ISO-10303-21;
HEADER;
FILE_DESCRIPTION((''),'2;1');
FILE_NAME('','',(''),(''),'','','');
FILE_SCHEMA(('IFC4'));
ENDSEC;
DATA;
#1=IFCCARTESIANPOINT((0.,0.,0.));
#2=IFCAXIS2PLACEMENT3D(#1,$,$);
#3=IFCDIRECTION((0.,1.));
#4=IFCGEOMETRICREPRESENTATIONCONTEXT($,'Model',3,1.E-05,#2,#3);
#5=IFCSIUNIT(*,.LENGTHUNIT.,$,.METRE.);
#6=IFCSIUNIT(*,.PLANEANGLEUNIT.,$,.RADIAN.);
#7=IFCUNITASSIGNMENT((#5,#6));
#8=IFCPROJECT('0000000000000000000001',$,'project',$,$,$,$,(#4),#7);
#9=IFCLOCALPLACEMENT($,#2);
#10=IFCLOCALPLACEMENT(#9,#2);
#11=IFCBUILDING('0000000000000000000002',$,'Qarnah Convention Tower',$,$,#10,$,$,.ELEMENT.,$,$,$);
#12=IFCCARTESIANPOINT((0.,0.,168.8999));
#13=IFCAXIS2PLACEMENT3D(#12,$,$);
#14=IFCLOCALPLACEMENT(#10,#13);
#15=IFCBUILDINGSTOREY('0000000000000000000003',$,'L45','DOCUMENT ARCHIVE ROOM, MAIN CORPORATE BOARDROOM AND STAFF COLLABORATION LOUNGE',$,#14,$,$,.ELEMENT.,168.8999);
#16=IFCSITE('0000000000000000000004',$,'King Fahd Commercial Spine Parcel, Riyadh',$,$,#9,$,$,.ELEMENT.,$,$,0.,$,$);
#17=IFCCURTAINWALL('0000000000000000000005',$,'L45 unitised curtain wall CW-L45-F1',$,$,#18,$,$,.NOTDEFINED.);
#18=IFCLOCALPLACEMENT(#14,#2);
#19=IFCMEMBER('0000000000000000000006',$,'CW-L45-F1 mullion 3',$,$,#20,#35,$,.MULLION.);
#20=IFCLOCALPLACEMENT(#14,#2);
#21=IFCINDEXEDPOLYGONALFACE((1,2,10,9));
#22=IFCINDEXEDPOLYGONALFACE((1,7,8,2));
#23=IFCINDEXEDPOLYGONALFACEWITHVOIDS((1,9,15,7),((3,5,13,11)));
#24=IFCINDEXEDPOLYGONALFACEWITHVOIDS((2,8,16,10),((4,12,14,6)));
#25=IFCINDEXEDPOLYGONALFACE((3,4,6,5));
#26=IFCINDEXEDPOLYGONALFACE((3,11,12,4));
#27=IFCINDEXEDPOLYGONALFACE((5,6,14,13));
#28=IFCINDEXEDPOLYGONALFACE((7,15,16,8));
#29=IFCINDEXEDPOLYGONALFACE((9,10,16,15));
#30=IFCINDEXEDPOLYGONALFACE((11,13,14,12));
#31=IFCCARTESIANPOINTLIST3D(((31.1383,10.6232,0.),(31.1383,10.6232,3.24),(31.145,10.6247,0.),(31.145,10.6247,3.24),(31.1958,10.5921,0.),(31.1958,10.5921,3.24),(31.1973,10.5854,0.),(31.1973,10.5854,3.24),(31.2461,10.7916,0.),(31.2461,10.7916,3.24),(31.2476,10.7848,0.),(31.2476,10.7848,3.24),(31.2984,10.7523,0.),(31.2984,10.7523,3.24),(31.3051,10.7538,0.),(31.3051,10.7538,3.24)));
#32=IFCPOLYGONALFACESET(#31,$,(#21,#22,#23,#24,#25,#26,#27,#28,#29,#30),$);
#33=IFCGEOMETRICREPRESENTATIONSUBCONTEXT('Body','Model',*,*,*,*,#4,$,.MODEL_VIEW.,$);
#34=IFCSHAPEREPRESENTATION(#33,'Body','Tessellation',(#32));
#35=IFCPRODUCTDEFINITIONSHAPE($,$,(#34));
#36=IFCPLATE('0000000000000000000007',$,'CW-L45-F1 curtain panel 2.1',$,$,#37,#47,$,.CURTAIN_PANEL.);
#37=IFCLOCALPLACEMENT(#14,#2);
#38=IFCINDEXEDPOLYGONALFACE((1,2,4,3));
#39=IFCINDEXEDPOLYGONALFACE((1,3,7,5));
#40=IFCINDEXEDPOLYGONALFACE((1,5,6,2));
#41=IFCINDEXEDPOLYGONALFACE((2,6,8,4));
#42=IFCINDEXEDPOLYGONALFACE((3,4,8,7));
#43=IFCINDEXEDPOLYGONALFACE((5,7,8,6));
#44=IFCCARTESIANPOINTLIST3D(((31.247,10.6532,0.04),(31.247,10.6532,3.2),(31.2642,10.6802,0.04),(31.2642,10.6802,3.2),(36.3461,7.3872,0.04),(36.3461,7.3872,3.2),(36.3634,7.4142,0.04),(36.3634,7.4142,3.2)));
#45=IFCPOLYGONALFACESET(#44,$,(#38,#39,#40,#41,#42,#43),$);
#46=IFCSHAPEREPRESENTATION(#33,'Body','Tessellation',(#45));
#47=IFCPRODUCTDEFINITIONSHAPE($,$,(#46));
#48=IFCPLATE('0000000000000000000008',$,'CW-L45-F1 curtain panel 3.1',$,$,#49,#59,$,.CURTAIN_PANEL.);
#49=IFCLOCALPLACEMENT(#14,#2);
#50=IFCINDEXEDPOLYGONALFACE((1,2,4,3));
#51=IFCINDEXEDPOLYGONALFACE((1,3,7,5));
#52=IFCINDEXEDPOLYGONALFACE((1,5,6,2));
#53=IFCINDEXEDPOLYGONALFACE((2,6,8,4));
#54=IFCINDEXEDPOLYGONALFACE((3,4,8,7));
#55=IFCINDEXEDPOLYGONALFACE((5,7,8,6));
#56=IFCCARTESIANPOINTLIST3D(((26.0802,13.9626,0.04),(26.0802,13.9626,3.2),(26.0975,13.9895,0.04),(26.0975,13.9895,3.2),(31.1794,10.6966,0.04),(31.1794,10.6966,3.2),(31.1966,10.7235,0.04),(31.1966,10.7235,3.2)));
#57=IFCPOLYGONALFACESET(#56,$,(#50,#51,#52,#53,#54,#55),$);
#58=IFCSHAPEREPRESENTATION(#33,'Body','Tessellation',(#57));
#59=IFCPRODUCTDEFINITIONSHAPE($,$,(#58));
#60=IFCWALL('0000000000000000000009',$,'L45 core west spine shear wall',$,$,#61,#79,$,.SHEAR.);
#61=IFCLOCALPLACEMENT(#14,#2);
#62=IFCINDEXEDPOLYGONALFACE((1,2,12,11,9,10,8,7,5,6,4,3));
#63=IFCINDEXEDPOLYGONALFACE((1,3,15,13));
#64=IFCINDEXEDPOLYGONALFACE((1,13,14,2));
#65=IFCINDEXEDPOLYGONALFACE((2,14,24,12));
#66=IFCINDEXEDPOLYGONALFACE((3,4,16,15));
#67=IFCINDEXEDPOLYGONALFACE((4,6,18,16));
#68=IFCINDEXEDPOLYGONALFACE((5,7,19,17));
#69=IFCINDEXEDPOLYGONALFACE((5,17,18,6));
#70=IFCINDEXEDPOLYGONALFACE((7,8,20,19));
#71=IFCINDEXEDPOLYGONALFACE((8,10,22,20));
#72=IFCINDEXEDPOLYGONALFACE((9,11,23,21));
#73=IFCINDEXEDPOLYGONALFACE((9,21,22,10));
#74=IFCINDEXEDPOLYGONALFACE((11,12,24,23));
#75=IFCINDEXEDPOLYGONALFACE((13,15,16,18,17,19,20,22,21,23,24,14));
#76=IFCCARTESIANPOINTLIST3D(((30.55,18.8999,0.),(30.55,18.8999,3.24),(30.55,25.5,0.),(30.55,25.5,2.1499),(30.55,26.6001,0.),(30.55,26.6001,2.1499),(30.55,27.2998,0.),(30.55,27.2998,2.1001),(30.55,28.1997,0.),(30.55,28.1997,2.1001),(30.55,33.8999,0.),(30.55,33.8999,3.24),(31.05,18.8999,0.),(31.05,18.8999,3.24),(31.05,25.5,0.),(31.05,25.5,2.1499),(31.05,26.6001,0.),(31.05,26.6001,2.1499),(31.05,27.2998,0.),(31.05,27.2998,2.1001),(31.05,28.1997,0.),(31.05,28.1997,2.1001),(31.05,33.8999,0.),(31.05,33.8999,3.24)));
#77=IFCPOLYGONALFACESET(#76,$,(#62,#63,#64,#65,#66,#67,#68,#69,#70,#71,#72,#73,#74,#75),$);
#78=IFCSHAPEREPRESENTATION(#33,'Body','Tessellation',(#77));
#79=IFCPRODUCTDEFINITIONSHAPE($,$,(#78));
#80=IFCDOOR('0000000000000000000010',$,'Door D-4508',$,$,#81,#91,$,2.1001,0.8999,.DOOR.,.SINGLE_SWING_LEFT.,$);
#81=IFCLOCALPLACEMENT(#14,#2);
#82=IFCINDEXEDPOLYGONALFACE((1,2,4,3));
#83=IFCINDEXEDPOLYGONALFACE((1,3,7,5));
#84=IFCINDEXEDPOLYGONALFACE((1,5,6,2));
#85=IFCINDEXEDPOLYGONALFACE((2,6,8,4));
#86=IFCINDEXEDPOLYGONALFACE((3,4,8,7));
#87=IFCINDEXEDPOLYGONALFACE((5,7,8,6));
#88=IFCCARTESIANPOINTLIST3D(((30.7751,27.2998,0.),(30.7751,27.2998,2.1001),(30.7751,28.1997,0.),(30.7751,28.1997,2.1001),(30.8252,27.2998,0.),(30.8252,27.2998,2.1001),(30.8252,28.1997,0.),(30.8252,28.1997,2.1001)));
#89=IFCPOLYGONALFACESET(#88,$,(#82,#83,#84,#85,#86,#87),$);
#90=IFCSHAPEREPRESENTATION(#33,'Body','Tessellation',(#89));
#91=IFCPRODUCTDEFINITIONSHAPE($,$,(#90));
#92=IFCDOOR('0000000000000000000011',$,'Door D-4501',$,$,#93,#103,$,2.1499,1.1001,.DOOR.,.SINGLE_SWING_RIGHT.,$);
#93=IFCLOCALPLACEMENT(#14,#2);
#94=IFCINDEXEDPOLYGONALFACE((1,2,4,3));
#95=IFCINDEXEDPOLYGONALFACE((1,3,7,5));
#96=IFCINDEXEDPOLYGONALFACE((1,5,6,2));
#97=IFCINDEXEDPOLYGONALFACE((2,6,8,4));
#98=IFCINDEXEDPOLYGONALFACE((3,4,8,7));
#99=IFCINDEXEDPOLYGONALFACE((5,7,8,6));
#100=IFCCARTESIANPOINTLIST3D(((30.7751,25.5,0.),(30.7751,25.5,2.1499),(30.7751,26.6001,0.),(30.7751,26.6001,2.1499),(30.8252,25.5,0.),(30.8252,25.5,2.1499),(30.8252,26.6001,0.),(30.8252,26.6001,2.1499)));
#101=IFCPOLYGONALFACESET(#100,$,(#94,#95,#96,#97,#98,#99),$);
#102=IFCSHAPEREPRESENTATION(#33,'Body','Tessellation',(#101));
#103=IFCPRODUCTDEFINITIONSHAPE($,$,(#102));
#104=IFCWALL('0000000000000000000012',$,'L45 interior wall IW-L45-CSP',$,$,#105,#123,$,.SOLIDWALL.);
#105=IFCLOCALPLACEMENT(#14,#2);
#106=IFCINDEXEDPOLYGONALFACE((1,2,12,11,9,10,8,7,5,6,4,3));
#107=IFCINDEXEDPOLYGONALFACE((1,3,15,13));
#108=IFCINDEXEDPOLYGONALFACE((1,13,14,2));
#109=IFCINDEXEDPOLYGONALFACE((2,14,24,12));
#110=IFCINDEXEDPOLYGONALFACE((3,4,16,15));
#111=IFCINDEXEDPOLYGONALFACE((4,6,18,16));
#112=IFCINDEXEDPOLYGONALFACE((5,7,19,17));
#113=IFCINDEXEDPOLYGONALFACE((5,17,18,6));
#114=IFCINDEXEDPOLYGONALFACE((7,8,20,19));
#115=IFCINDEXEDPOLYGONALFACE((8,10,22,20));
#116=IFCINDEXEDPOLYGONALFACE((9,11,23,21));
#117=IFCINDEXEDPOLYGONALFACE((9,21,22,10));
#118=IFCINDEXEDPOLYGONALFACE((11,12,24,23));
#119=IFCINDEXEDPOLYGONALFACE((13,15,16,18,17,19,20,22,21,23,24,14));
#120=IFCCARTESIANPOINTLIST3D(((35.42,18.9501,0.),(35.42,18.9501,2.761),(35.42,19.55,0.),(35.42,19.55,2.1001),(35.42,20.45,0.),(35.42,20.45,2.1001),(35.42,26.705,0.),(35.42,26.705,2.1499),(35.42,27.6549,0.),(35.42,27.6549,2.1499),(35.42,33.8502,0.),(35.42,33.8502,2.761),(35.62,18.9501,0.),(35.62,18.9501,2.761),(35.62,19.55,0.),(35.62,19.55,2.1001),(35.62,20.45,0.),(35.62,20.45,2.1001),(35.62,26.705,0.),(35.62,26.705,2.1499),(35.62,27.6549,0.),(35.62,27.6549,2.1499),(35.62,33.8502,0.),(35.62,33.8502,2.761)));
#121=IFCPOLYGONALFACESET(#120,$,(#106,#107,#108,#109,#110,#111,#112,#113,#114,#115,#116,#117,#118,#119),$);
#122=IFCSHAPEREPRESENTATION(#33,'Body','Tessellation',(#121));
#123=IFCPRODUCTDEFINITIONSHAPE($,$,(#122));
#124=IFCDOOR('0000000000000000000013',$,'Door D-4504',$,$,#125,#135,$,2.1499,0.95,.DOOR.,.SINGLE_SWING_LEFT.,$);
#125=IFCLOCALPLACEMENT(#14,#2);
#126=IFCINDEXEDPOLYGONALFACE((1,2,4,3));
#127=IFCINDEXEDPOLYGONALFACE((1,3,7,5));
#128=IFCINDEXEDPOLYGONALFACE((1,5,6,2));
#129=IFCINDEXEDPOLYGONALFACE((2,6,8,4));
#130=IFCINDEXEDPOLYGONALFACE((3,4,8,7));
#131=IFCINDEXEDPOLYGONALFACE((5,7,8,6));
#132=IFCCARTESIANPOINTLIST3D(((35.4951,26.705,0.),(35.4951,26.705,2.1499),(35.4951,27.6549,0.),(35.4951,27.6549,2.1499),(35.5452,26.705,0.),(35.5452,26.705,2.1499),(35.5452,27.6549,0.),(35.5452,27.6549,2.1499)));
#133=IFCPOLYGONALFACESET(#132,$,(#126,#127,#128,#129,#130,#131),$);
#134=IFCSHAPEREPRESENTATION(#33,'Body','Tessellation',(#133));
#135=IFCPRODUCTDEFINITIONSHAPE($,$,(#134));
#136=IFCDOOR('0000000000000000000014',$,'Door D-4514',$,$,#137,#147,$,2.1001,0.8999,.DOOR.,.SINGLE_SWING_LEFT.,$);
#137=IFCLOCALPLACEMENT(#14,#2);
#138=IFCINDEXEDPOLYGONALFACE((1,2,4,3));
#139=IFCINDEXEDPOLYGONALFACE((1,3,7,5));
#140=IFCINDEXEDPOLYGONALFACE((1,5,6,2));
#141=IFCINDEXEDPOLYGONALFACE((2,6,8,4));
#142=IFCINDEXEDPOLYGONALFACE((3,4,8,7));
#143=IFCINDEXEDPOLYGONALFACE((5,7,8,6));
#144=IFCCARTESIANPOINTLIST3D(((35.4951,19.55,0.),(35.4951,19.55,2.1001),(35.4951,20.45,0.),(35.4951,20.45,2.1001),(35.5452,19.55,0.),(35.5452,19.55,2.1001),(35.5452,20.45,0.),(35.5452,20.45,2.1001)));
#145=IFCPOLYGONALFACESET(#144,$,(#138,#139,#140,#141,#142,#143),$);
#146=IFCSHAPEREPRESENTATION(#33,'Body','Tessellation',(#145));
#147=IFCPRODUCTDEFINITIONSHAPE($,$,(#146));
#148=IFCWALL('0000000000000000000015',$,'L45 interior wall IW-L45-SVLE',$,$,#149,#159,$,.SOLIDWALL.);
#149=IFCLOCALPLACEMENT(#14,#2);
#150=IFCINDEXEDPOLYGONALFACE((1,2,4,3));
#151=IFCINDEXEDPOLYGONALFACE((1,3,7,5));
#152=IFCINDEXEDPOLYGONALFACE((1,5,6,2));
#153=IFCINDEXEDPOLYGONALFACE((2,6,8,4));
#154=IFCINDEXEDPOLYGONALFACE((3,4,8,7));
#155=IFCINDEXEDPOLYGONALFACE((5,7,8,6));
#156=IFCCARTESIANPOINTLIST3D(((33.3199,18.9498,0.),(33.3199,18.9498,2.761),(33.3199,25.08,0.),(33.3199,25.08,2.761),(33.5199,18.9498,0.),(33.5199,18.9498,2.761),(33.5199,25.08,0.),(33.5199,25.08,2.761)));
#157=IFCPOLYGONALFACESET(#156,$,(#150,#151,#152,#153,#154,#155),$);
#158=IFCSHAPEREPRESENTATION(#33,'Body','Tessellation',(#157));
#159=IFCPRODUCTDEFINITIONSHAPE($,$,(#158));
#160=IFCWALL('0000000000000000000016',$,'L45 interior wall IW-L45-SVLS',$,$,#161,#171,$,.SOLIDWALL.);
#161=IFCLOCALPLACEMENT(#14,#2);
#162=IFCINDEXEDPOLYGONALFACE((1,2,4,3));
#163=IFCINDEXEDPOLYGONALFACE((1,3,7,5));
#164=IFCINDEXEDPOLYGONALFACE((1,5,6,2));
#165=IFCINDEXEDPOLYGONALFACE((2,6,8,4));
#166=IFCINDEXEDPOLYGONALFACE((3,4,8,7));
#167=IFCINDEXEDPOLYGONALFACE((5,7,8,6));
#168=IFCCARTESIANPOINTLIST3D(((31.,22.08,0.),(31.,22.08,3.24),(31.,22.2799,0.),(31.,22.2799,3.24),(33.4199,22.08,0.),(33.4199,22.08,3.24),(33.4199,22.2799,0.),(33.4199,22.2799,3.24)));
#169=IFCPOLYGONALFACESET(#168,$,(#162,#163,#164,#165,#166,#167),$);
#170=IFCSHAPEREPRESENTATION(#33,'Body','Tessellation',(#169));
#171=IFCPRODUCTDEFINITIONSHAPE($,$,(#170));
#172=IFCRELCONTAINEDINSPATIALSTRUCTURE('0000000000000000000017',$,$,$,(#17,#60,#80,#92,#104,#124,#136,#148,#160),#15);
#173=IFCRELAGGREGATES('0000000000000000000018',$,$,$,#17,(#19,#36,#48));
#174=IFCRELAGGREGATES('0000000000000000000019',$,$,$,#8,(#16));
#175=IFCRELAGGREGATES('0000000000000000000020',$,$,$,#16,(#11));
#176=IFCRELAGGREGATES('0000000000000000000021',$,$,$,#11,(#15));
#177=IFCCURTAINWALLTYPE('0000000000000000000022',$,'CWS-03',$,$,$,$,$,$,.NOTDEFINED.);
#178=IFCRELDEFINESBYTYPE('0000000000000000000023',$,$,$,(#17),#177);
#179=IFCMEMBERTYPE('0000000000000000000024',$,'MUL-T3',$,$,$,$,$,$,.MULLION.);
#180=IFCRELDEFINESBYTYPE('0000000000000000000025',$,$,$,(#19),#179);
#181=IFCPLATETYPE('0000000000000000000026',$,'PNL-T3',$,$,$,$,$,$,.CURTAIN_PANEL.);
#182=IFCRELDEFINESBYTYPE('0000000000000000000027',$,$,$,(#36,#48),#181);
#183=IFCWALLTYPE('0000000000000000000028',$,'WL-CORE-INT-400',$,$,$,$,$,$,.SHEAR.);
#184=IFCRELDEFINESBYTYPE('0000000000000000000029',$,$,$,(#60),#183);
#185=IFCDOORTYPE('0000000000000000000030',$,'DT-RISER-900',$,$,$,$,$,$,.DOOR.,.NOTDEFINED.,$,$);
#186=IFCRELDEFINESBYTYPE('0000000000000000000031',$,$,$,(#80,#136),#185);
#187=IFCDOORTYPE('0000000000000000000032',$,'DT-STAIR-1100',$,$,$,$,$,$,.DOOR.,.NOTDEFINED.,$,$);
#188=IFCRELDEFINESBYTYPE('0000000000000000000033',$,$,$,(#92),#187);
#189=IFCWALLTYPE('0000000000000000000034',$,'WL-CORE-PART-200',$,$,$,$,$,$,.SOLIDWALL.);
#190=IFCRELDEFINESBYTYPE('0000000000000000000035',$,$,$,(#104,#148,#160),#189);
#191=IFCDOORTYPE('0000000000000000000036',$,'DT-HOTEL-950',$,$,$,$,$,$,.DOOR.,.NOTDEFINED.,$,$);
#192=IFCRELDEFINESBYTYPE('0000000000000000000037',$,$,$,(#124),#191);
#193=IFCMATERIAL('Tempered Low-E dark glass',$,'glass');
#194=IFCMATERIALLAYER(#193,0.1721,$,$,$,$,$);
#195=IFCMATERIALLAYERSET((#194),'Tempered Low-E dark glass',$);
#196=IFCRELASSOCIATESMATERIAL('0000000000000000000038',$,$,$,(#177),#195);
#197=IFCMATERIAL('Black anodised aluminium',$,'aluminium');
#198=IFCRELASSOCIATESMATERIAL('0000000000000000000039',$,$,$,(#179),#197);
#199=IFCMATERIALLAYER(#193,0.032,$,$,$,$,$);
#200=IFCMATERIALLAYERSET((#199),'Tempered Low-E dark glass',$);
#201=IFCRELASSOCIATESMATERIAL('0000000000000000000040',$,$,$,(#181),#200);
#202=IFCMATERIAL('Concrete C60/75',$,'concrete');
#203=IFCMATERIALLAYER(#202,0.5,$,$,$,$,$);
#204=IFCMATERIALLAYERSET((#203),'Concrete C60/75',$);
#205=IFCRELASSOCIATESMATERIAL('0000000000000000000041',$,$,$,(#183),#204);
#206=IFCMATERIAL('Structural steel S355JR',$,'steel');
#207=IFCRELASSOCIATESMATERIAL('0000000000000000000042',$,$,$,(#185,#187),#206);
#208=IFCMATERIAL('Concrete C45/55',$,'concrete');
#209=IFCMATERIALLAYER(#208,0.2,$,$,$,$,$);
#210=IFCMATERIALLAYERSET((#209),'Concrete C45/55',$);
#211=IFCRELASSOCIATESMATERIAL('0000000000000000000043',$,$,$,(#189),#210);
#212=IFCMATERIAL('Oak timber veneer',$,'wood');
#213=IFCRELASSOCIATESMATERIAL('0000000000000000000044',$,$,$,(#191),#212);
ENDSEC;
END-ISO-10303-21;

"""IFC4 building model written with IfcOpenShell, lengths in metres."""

from ifc_helpers import new_model, si_unit, direction, frame, frame_2d, origin, origin_2d, place, context, subcontext, project, spatial, rectangle, hollow_rectangle, extrude, material, layer, layer_set, material_profile, profile_set, type_object, element, fill, aggregate, save


model = new_model("IFC4")

# Units and contexts
model_context = context("Model", 3, precision=1e-05, world=origin(), true_north=direction((0.0, 1.0)))
body_context = subcontext(model_context, "Body", "Model", "MODEL_VIEW")
ifc_project = project(units=[si_unit("LENGTHUNIT", "METRE"), si_unit("PLANEANGLEUNIT", "RADIAN")], contexts=[model_context])

# Site, building, storey
site_placement = place(None, origin())
site = spatial("IfcSite", under=ifc_project, at=site_placement, Name="King Fahd Commercial Spine Parcel, Riyadh", CompositionType="ELEMENT", RefElevation=0.0)
building_placement = place(site_placement, origin())
building = spatial("IfcBuilding", under=site, at=building_placement, Name="Qarnah Convention Tower", CompositionType="ELEMENT")
storey_placement = place(building_placement, frame((0.0, 0.0, 168.8999)))
storey = spatial("IfcBuildingStorey", under=building, at=storey_placement, Name="L45", Description="DOCUMENT ARCHIVE ROOM, MAIN CORPORATE BOARDROOM AND STAFF COLLABORATION LOUNGE", CompositionType="ELEMENT", Elevation=168.8999)

# Shared definitions
ifc_material_1 = material(Name="Concrete C60/75", Category="concrete")

# Shared definitions
ifc_material_2 = material(Name="Structural steel S355JR", Category="steel")

# Curtain wall, member, plates
ifc_material_3 = material(Name="Tempered Low-E dark glass", Category="glass")
ifc_layer_1 = layer(ifc_material_3, 0.1721)
ifc_layer_set_1 = layer_set([ifc_layer_1], Name="Tempered Low-E dark glass")
curtain_wall_type = type_object("IfcCurtainWallType", Name="CWS-03", PredefinedType="NOTDEFINED", material=ifc_layer_set_1)
curtain_wall_placement = place(storey_placement, origin())
curtain_wall = element("IfcCurtainWall", 1, at=curtain_wall_placement, inside=storey, type_object=curtain_wall_type, Name="L45 unitised curtain wall CW-L45-F1", PredefinedType="NOTDEFINED")
ifc_material_4 = material(Name="Black anodised aluminium", Category="aluminium")
ifc_material_profile_1 = material_profile(ifc_material_4, hollow_rectangle(XDim=0.0701, YDim=0.2, WallThickness=0.0049, at=origin_2d()), Name="MUL-70X200")
ifc_profile_set_1 = profile_set([ifc_material_profile_1], Name="Black anodised aluminium")
member_type = type_object("IfcMemberType", Name="MUL-T3", PredefinedType="MULLION", material=ifc_profile_set_1)
member_1_placement = place(storey_placement, frame((31.2217, 10.6885, 0.0), z_axis=(0.0, 0.0, 1.0), x_axis=(-0.842081, 0.539352, 0.0)))
member_1 = element("IfcMember", 2, at=member_1_placement, type_object=member_type, Name="CW-L45-F1 mullion 3", PredefinedType="MULLION", context=body_context, shape_type="SweptSolid", body=[
    extrude(hollow_rectangle(XDim=0.0701, YDim=0.2, WallThickness=0.0049, at=origin_2d()), origin(), (0.0, 0.0, 1.0), 3.24),
])
ifc_layer_2 = layer(ifc_material_3, 0.032)
ifc_layer_set_2 = layer_set([ifc_layer_2], Name="Tempered Low-E dark glass")
plate_type = type_object("IfcPlateType", Name="PNL-T3", PredefinedType="CURTAIN_PANEL", material=ifc_layer_set_2)
plate_1_placement = place(storey_placement, frame((33.8052, 9.0337, 0.04), z_axis=(0.0, 0.0, 1.0), x_axis=(-0.842081, 0.539352, 0.0)))
plate_1 = element("IfcPlate", 3, at=plate_1_placement, type_object=plate_type, Name="CW-L45-F1 curtain panel 2.1", PredefinedType="CURTAIN_PANEL", context=body_context, shape_type="SweptSolid", body=[
    extrude(rectangle(XDim=6.0554, YDim=0.032, at=origin_2d()), origin(), (0.0, 0.0, 1.0), 3.1599),
])
plate_2_placement = place(storey_placement, frame((28.6384, 12.343, 0.04), z_axis=(0.0, 0.0, 1.0), x_axis=(-0.842081, 0.539352, 0.0)))
plate_2 = element("IfcPlate", 4, at=plate_2_placement, type_object=plate_type, Name="CW-L45-F1 curtain panel 3.1", PredefinedType="CURTAIN_PANEL", context=body_context, shape_type="SweptSolid", body=[
    extrude(rectangle(XDim=6.0554, YDim=0.032, at=origin_2d()), origin(), (0.0, 0.0, 1.0), 3.1599),
])
aggregate(curtain_wall, [member_1, plate_1, plate_2])

# Walls, openings, doors
ifc_layer_3 = layer(ifc_material_1, 0.5)
ifc_layer_set_3 = layer_set([ifc_layer_3], Name="Concrete C60/75")
wall_type_1 = type_object("IfcWallType", Name="WL-CORE-INT-400", PredefinedType="SHEAR", material=ifc_layer_set_3)
wall_1_placement = place(storey_placement, frame((30.8, 18.8999, 0.0), z_axis=(0.0, 0.0, 1.0), x_axis=(0.0, 1.0, 0.0)))
wall_1 = element("IfcWall", 5, at=wall_1_placement, inside=storey, type_object=wall_type_1, Name="L45 core west spine shear wall", PredefinedType="SHEAR", context=body_context, shape_type="SweptSolid", body=[
    extrude(rectangle(XDim=15.0, YDim=0.5, at=frame_2d((7.5, 0.0))), origin(), (0.0, 0.0, 1.0), 3.24),
])
opening_1_placement = place(wall_1_placement, frame((6.6001, 0.0, 0.0)))
opening_1 = element("IfcOpeningElement", 6, at=opening_1_placement, cuts=wall_1, PredefinedType="OPENING", context=body_context, shape_type="SweptSolid", body=[
    extrude(rectangle(XDim=1.1001, YDim=2.1499, at=frame_2d((0.55, 1.075))), frame((0.0, 0.26, 0.0), z_axis=(0.0, -1.0, 0.0), x_axis=(1.0, 0.0, 0.0)), (0.0, 0.0, 1.0), 0.52),
])
opening_2_placement = place(wall_1_placement, frame((8.3999, 0.0, 0.0)))
opening_2 = element("IfcOpeningElement", 7, at=opening_2_placement, cuts=wall_1, PredefinedType="OPENING", context=body_context, shape_type="SweptSolid", body=[
    extrude(rectangle(XDim=0.8999, YDim=2.1001, at=frame_2d((0.45, 1.05))), frame((0.0, 0.26, 0.0), z_axis=(0.0, -1.0, 0.0), x_axis=(1.0, 0.0, 0.0)), (0.0, 0.0, 1.0), 0.52),
])
door_type_1 = type_object("IfcDoorType", Name="DT-RISER-900", OperationType="NOTDEFINED", PredefinedType="DOOR", material=ifc_material_2)
door_1_placement = place(opening_2_placement, origin())
door_1 = element("IfcDoor", 8, at=door_1_placement, inside=storey, type_object=door_type_1, Name="Door D-4508", OperationType="SINGLE_SWING_LEFT", OverallHeight=2.1001, OverallWidth=0.8999, PredefinedType="DOOR", context=body_context, shape_type="SweptSolid", body=[
    extrude(rectangle(XDim=0.8999, YDim=2.1001, at=frame_2d((0.45, 1.05))), frame((0.0, 0.0249, 0.0), z_axis=(0.0, -1.0, 0.0), x_axis=(1.0, 0.0, 0.0)), (0.0, 0.0, 1.0), 0.05),
])
fill(opening_2, door_1)
door_type_2 = type_object("IfcDoorType", Name="DT-STAIR-1100", OperationType="NOTDEFINED", PredefinedType="DOOR", material=ifc_material_2)
door_2_placement = place(opening_1_placement, origin())
door_2 = element("IfcDoor", 9, at=door_2_placement, inside=storey, type_object=door_type_2, Name="Door D-4501", OperationType="SINGLE_SWING_RIGHT", OverallHeight=2.1499, OverallWidth=1.1001, PredefinedType="DOOR", context=body_context, shape_type="SweptSolid", body=[
    extrude(rectangle(XDim=1.1001, YDim=2.1499, at=frame_2d((0.55, 1.075))), frame((0.0, 0.0249, 0.0), z_axis=(0.0, -1.0, 0.0), x_axis=(1.0, 0.0, 0.0)), (0.0, 0.0, 1.0), 0.05),
])
fill(opening_1, door_2)
ifc_material_5 = material(Name="Concrete C45/55", Category="concrete")
ifc_layer_4 = layer(ifc_material_5, 0.2)
ifc_layer_set_4 = layer_set([ifc_layer_4], Name="Concrete C45/55")
wall_type_2 = type_object("IfcWallType", Name="WL-CORE-PART-200", PredefinedType="SOLIDWALL", material=ifc_layer_set_4)
wall_2_placement = place(storey_placement, frame((35.52, 18.95, 0.0), z_axis=(0.0, 0.0, 1.0), x_axis=(0.0, 1.0, 0.0)))
wall_2 = element("IfcWall", 10, at=wall_2_placement, inside=storey, type_object=wall_type_2, Name="L45 interior wall IW-L45-CSP", PredefinedType="SOLIDWALL", context=body_context, shape_type="SweptSolid", body=[
    extrude(rectangle(XDim=14.9001, YDim=0.2, at=frame_2d((7.4502, 0.0))), origin(), (0.0, 0.0, 1.0), 2.761),
])
opening_3_placement = place(wall_2_placement, frame((7.7549, 0.0, 0.0)))
opening_3 = element("IfcOpeningElement", 11, at=opening_3_placement, cuts=wall_2, PredefinedType="OPENING", context=body_context, shape_type="SweptSolid", body=[
    extrude(rectangle(XDim=0.95, YDim=2.1499, at=frame_2d((0.4751, 1.075))), frame((0.0, 0.1099, 0.0), z_axis=(0.0, -1.0, 0.0), x_axis=(1.0, 0.0, 0.0)), (0.0, 0.0, 1.0), 0.22),
])
opening_4_placement = place(wall_2_placement, frame((0.6001, 0.0, 0.0)))
opening_4 = element("IfcOpeningElement", 12, at=opening_4_placement, cuts=wall_2, PredefinedType="OPENING", context=body_context, shape_type="SweptSolid", body=[
    extrude(rectangle(XDim=0.8999, YDim=2.1001, at=frame_2d((0.45, 1.05))), frame((0.0, 0.1099, 0.0), z_axis=(0.0, -1.0, 0.0), x_axis=(1.0, 0.0, 0.0)), (0.0, 0.0, 1.0), 0.22),
])
ifc_material_6 = material(Name="Oak timber veneer", Category="wood")
door_type_3 = type_object("IfcDoorType", Name="DT-HOTEL-950", OperationType="NOTDEFINED", PredefinedType="DOOR", material=ifc_material_6)
door_3_placement = place(opening_3_placement, origin())
door_3 = element("IfcDoor", 13, at=door_3_placement, inside=storey, type_object=door_type_3, Name="Door D-4504", OperationType="SINGLE_SWING_LEFT", OverallHeight=2.1499, OverallWidth=0.95, PredefinedType="DOOR", context=body_context, shape_type="SweptSolid", body=[
    extrude(rectangle(XDim=0.95, YDim=2.1499, at=frame_2d((0.4751, 1.075))), frame((0.0, 0.0249, 0.0), z_axis=(0.0, -1.0, 0.0), x_axis=(1.0, 0.0, 0.0)), (0.0, 0.0, 1.0), 0.05),
])
fill(opening_3, door_3)
door_4_placement = place(opening_4_placement, origin())
door_4 = element("IfcDoor", 14, at=door_4_placement, inside=storey, type_object=door_type_1, Name="Door D-4514", OperationType="SINGLE_SWING_LEFT", OverallHeight=2.1001, OverallWidth=0.8999, PredefinedType="DOOR", context=body_context, shape_type="SweptSolid", body=[
    extrude(rectangle(XDim=0.8999, YDim=2.1001, at=frame_2d((0.45, 1.05))), frame((0.0, 0.0249, 0.0), z_axis=(0.0, -1.0, 0.0), x_axis=(1.0, 0.0, 0.0)), (0.0, 0.0, 1.0), 0.05),
])
fill(opening_4, door_4)

# Walls
wall_3_placement = place(storey_placement, frame((33.4199, 18.95, 0.0), z_axis=(0.0, 0.0, 1.0), x_axis=(0.0, 1.0, 0.0)))
element("IfcWall", 15, at=wall_3_placement, inside=storey, type_object=wall_type_2, Name="L45 interior wall IW-L45-SVLE", PredefinedType="SOLIDWALL", context=body_context, shape_type="SweptSolid", body=[
    extrude(rectangle(XDim=6.1301, YDim=0.2, at=frame_2d((3.0649, 0.0))), origin(), (0.0, 0.0, 1.0), 2.761),
])
wall_4_placement = place(storey_placement, frame((31.0, 22.1799, 0.0), z_axis=(0.0, 0.0, 1.0), x_axis=(1.0, 0.0, 0.0)))
element("IfcWall", 16, at=wall_4_placement, inside=storey, type_object=wall_type_2, Name="L45 interior wall IW-L45-SVLS", PredefinedType="SOLIDWALL", context=body_context, shape_type="SweptSolid", body=[
    extrude(rectangle(XDim=2.4199, YDim=0.2, at=frame_2d((1.21, 0.0))), origin(), (0.0, 0.0, 1.0), 3.24),
])

save(model, "model.ifc")
